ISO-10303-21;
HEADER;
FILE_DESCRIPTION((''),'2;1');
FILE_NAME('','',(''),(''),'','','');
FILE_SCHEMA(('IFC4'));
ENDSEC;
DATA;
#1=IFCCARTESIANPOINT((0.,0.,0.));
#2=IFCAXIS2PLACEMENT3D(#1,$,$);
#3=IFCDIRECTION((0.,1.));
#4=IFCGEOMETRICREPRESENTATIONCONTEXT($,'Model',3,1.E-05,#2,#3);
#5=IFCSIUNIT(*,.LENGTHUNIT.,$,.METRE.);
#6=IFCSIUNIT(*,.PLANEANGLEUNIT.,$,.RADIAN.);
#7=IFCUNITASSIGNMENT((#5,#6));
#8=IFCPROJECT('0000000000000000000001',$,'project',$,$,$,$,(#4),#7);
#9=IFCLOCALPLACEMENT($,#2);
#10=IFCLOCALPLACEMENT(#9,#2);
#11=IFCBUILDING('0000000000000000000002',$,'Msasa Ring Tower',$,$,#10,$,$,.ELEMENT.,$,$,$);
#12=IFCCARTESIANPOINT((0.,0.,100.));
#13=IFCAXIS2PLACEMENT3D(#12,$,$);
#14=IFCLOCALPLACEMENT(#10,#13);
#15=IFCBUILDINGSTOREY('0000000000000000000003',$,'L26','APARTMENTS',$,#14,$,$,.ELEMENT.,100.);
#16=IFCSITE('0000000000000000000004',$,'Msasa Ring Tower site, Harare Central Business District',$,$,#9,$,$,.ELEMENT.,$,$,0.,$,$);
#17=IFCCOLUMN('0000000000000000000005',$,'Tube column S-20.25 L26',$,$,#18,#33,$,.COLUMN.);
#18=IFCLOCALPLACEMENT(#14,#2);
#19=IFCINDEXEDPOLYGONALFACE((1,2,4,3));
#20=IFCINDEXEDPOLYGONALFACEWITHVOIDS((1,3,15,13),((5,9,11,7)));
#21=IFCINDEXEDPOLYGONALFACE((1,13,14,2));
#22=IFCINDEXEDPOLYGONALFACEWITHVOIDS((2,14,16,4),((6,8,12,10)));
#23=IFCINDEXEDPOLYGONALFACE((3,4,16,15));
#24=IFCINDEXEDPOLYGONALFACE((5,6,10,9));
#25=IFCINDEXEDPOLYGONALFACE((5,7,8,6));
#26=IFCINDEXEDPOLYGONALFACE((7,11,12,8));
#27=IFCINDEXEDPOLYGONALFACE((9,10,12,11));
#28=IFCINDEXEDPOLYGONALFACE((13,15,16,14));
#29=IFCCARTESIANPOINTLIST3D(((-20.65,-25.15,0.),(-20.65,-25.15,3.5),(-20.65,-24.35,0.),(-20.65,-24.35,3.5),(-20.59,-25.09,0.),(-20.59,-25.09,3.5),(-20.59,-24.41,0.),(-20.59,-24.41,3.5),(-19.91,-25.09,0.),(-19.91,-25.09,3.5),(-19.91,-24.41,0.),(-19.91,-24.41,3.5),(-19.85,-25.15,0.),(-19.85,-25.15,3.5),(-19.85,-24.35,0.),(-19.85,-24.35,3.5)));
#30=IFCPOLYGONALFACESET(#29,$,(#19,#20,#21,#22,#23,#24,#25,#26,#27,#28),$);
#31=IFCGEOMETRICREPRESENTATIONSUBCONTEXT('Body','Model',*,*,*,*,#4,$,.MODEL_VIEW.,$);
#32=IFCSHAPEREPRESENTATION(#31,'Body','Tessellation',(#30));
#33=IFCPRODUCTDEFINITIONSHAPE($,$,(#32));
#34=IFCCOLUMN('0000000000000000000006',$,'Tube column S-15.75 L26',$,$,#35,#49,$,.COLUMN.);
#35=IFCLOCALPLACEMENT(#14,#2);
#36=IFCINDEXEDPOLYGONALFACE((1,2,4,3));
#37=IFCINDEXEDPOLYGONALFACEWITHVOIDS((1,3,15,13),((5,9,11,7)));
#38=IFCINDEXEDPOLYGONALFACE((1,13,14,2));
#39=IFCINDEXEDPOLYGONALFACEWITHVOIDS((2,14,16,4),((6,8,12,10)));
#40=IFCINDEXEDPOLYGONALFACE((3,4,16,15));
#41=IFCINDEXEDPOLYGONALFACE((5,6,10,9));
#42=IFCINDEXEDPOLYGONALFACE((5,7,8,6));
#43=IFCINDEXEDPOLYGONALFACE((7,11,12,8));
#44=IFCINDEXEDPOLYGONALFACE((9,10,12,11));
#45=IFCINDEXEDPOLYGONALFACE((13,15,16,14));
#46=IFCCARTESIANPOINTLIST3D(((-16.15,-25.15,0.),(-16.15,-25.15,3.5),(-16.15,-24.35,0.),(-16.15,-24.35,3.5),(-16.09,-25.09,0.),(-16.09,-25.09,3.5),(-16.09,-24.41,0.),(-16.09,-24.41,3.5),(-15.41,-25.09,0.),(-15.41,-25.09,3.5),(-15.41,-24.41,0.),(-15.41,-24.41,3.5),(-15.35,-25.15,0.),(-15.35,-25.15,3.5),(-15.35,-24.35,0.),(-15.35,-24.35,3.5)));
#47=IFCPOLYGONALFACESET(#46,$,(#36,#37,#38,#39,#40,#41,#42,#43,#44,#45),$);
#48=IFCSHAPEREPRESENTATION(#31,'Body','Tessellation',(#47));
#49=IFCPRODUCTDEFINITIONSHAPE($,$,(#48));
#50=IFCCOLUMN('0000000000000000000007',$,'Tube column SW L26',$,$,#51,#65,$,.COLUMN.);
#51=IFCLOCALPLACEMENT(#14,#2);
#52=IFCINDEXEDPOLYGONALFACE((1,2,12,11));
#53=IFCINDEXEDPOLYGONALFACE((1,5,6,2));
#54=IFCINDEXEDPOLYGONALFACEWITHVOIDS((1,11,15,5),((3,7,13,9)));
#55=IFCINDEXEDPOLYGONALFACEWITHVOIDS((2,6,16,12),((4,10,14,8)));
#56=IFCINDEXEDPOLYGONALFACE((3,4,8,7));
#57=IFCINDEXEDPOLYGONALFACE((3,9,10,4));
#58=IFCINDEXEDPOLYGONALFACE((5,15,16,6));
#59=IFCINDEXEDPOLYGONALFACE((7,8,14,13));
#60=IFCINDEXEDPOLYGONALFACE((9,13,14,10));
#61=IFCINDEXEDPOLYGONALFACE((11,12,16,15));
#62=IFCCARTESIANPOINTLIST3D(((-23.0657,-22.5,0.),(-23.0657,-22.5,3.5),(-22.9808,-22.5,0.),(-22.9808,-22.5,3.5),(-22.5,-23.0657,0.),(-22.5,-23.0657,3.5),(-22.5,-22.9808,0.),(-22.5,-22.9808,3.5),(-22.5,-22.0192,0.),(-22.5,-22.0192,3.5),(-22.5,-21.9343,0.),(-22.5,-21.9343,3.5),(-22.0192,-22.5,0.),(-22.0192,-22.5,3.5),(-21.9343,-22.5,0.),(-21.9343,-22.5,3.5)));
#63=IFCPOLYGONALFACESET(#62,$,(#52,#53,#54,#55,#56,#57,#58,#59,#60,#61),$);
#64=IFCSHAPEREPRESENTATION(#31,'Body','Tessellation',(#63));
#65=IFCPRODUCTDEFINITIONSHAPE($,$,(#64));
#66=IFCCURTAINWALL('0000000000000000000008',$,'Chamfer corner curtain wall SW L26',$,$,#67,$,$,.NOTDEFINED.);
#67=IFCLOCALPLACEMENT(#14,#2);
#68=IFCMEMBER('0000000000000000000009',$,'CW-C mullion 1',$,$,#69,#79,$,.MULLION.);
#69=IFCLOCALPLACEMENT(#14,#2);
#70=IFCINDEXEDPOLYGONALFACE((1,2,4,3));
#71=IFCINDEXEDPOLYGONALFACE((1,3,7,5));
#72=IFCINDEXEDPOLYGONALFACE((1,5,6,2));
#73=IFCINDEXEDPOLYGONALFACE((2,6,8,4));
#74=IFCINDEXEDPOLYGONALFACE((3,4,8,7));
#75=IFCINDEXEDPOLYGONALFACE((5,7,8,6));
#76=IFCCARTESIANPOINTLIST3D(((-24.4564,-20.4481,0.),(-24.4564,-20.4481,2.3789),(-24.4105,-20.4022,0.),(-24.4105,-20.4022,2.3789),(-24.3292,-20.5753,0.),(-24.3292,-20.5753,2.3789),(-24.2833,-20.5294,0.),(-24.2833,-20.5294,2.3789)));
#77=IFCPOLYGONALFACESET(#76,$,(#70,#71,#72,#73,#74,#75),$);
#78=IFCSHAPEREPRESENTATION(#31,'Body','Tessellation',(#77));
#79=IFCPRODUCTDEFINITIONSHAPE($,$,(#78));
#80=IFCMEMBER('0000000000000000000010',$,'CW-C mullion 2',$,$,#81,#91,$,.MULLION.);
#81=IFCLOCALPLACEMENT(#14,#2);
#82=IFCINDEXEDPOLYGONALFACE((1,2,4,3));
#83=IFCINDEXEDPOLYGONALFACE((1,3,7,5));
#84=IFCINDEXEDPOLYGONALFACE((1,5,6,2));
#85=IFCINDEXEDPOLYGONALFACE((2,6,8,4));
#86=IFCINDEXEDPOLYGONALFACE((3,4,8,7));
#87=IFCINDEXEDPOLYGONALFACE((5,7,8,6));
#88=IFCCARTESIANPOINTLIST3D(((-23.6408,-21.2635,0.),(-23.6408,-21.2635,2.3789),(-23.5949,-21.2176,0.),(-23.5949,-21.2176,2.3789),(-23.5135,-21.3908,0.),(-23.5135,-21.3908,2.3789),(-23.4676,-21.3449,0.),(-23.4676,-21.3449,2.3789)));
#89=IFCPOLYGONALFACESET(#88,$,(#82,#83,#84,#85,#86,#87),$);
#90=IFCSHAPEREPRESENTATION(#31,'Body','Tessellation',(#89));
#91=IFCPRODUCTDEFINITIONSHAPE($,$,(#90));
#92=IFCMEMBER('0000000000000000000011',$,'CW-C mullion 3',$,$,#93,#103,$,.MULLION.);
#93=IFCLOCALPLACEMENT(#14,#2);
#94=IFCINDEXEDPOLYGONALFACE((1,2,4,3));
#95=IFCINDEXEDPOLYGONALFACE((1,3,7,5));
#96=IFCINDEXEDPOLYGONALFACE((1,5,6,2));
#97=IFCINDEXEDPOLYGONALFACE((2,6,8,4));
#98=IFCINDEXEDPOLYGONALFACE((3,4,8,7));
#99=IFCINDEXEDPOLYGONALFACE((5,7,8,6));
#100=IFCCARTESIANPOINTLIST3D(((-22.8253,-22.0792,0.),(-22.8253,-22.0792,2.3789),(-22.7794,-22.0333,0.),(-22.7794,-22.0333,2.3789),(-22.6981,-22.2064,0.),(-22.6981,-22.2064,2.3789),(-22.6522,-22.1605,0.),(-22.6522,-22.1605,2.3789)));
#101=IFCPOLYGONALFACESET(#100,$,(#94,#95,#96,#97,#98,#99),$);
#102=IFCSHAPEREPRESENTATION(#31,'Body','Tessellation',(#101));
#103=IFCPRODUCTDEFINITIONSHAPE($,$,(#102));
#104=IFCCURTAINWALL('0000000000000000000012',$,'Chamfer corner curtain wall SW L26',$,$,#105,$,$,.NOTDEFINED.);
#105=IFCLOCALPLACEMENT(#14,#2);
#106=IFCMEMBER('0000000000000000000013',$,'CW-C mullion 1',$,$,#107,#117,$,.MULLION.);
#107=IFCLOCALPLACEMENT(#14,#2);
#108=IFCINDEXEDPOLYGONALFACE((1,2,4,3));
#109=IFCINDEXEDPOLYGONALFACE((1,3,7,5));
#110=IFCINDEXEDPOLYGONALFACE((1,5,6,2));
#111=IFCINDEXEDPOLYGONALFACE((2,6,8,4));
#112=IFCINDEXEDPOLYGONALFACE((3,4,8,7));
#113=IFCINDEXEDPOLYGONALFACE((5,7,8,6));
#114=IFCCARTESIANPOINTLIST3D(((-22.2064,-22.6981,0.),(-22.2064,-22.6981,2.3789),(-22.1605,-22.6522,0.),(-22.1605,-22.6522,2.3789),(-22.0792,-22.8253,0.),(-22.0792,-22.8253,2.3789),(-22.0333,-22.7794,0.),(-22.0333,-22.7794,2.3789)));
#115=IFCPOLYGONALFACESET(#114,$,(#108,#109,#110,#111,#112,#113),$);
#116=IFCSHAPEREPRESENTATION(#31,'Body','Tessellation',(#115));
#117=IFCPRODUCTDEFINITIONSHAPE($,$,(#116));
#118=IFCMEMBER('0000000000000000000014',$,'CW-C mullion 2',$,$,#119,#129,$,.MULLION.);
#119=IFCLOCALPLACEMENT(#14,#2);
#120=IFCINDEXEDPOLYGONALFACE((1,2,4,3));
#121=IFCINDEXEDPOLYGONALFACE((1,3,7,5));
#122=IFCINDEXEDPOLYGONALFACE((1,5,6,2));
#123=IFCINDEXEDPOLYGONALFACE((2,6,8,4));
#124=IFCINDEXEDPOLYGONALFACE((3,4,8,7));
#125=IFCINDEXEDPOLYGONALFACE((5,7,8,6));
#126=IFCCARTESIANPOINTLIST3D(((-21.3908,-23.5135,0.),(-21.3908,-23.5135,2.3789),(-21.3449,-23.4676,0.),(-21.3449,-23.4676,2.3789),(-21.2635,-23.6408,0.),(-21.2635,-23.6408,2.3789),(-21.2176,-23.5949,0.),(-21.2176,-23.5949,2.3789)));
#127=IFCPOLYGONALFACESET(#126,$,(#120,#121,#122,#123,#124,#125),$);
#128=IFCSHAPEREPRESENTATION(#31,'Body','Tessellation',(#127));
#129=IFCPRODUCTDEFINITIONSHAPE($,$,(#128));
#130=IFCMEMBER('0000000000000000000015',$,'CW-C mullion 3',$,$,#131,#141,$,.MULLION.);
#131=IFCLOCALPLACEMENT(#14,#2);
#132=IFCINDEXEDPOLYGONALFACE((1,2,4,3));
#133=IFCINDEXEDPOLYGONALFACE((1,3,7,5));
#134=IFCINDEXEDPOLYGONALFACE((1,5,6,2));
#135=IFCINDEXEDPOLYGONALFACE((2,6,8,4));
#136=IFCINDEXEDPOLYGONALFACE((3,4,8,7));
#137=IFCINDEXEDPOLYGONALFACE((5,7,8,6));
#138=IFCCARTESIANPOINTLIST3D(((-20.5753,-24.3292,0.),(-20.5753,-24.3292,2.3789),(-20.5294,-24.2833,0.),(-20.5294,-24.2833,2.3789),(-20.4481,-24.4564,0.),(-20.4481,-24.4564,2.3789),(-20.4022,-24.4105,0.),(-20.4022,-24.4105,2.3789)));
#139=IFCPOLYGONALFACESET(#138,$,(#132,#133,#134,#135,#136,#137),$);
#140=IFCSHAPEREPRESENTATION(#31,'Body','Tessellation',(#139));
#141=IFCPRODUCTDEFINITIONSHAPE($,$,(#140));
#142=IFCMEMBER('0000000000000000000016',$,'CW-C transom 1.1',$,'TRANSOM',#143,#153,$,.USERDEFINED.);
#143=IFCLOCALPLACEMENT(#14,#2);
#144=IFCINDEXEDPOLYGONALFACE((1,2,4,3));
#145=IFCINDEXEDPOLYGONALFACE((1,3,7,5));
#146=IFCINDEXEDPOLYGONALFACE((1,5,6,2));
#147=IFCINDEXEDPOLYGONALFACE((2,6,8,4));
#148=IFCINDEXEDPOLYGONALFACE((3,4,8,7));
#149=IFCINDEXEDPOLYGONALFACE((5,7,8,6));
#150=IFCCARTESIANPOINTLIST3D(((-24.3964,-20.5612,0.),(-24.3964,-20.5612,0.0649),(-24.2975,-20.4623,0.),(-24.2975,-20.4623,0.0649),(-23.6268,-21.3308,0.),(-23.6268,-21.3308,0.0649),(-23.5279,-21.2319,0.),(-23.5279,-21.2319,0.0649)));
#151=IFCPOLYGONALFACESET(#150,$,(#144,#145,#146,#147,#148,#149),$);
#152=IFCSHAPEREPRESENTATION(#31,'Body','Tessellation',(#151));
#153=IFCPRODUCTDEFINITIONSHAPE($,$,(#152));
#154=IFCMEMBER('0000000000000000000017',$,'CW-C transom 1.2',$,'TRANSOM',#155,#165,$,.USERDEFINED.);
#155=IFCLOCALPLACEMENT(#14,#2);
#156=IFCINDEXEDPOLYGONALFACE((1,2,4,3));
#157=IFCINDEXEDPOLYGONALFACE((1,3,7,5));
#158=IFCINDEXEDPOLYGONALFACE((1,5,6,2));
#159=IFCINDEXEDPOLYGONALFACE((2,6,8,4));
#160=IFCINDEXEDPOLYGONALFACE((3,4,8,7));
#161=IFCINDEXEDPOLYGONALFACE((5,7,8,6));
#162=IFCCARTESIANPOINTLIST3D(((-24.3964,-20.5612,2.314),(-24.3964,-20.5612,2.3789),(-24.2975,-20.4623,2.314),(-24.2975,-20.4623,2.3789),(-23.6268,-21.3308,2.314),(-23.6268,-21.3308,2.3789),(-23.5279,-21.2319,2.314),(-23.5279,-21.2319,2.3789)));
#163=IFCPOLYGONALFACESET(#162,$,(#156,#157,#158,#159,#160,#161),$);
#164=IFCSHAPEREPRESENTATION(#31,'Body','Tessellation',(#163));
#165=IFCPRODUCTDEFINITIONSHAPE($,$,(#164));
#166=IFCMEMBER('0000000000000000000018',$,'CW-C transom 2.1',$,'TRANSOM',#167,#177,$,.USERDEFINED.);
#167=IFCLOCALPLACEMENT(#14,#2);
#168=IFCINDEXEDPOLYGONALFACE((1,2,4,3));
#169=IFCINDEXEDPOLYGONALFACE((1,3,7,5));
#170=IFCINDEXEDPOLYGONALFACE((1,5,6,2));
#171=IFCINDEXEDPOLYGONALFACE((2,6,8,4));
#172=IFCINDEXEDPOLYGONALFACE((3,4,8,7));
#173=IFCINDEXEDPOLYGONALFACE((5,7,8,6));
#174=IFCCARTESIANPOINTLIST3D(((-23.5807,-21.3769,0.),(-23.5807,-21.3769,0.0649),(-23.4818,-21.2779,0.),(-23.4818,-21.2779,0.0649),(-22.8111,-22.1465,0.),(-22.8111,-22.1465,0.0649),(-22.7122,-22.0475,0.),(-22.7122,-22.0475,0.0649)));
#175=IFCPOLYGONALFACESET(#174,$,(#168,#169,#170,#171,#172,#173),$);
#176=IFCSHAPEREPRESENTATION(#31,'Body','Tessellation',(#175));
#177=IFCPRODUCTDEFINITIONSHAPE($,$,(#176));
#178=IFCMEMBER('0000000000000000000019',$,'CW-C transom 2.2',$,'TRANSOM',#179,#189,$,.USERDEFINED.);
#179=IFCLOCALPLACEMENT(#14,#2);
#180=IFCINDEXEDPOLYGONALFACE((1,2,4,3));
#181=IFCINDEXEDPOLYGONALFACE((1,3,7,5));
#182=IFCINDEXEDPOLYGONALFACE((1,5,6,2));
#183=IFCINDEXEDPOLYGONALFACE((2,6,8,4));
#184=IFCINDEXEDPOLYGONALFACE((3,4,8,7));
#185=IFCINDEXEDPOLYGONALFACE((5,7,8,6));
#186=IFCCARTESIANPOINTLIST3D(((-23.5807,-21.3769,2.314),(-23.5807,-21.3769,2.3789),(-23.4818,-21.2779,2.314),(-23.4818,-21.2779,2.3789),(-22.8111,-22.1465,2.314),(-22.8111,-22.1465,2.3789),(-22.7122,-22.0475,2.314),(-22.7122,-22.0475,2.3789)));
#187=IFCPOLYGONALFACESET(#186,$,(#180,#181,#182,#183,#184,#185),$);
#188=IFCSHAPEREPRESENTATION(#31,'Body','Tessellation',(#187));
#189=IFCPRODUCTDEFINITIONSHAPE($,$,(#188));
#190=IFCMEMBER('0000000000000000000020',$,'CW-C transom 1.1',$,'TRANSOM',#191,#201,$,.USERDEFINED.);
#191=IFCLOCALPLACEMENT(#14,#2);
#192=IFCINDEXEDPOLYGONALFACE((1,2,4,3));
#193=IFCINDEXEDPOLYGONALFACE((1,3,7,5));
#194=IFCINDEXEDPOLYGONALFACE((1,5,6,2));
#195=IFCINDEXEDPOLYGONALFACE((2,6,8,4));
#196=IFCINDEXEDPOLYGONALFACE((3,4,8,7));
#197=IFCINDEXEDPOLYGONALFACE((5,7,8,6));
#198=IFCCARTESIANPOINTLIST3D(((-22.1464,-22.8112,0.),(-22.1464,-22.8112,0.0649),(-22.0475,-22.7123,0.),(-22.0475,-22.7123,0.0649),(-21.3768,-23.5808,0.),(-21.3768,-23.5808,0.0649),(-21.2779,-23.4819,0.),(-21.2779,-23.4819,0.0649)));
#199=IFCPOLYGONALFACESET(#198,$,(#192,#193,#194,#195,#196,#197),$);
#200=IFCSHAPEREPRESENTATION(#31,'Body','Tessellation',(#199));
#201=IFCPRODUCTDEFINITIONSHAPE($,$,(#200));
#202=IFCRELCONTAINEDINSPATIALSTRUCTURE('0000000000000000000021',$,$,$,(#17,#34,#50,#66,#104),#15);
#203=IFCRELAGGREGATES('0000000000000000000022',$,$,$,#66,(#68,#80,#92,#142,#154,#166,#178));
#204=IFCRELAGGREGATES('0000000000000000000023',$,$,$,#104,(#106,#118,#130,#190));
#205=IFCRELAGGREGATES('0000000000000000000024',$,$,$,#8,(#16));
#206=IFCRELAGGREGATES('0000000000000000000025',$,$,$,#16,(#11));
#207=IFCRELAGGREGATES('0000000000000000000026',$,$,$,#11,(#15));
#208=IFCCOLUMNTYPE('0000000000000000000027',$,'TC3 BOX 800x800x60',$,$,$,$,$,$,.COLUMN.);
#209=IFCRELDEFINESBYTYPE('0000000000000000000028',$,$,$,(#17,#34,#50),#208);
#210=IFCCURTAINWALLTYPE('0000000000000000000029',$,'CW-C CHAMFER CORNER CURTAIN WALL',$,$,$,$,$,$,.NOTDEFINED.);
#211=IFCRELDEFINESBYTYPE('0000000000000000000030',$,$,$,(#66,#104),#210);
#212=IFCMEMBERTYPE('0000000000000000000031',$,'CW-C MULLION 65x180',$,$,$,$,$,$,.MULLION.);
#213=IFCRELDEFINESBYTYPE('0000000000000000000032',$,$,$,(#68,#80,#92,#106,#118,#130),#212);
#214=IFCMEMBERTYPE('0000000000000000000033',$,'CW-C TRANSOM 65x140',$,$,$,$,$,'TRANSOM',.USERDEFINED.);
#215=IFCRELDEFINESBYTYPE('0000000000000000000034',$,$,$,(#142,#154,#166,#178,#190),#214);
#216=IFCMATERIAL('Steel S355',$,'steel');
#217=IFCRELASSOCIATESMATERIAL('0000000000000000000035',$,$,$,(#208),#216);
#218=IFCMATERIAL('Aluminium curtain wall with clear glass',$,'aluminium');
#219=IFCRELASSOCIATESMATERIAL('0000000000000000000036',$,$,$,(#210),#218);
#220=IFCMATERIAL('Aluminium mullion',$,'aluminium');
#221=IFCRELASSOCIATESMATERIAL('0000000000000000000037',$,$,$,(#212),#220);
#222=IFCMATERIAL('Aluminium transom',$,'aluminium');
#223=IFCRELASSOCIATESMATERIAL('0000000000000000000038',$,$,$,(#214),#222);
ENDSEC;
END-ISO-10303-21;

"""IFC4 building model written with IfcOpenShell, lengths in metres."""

from ifc_helpers import new_model, si_unit, direction, frame, origin, origin_2d, place, context, subcontext, project, spatial, rectangle, hollow_rectangle, extrude, material, material_profile, profile_set, type_object, element, aggregate, save


model = new_model("IFC4")

# Units and contexts
model_context = context("Model", 3, precision=1e-05, world=origin(), true_north=direction((0.0, 1.0)))
body_context = subcontext(model_context, "Body", "Model", "MODEL_VIEW")
ifc_project = project(units=[si_unit("LENGTHUNIT", "METRE"), si_unit("PLANEANGLEUNIT", "RADIAN")], contexts=[model_context])

# Site, building, storey
site_placement = place(None, origin())
site = spatial("IfcSite", under=ifc_project, at=site_placement, Name="Msasa Ring Tower site, Harare Central Business District", CompositionType="ELEMENT", RefElevation=0.0)
building_placement = place(site_placement, origin())
building = spatial("IfcBuilding", under=site, at=building_placement, Name="Msasa Ring Tower", CompositionType="ELEMENT")
storey_placement = place(building_placement, frame((0.0, 0.0, 100.0)))
storey = spatial("IfcBuildingStorey", under=building, at=storey_placement, Name="L26", Description="APARTMENTS", CompositionType="ELEMENT", Elevation=100.0)

# Columns
ifc_material_1 = material(Name="Steel S355", Category="steel")
ifc_material_profile_1 = material_profile(ifc_material_1, hollow_rectangle(XDim=0.8, YDim=0.8, WallThickness=0.0601, at=origin_2d()), Name="BOX 800x800x60")
ifc_profile_set_1 = profile_set([ifc_material_profile_1], Name="Steel S355")
column_type = type_object("IfcColumnType", Name="TC3 BOX 800x800x60", PredefinedType="COLUMN", material=ifc_profile_set_1)
for number, where, z_axis, x_axis, name in (
    (1, (-20.25, -24.75, 0.0), (0.0, 0.0, 1.0), (0.0, 1.0, 0.0), "Tube column S-20.25 L26"),
    (2, (-15.75, -24.75, 0.0), (0.0, 0.0, 1.0), (0.0, 1.0, 0.0), "Tube column S-15.75 L26"),
    (3, (-22.5, -22.5, 0.0), (0.0, 0.0, 1.0), (0.707107, 0.707107, 0.0), "Tube column SW L26"),
):
    element("IfcColumn", number, at=place(storey_placement, frame(where, z_axis=z_axis, x_axis=x_axis)), inside=storey, type_object=column_type, Name=name, PredefinedType="COLUMN", context=body_context, shape_type="SweptSolid", body=[
        extrude(hollow_rectangle(XDim=0.8, YDim=0.8, WallThickness=0.0601, at=origin_2d()), origin(), (0.0, 0.0, 1.0), 3.5),
    ])

# Curtain walls, members
ifc_material_2 = material(Name="Aluminium curtain wall with clear glass", Category="aluminium")
curtain_wall_type = type_object("IfcCurtainWallType", Name="CW-C CHAMFER CORNER CURTAIN WALL", PredefinedType="NOTDEFINED", material=ifc_material_2)
curtain_wall_1_placement = place(storey_placement, origin())
curtain_wall_1 = element("IfcCurtainWall", 4, at=curtain_wall_1_placement, inside=storey, type_object=curtain_wall_type, Name="Chamfer corner curtain wall SW L26", PredefinedType="NOTDEFINED")
ifc_material_3 = material(Name="Aluminium mullion", Category="aluminium")
ifc_material_profile_2 = material_profile(ifc_material_3, rectangle(XDim=0.0649, YDim=0.1799, at=origin_2d()), Name="AL 65x180")
ifc_profile_set_2 = profile_set([ifc_material_profile_2], Name="Aluminium mullion")
member_type_1 = type_object("IfcMemberType", Name="CW-C MULLION 65x180", PredefinedType="MULLION", material=ifc_profile_set_2)
member_1_placement = place(storey_placement, frame((-24.3699, -20.4888, 0.0), z_axis=(0.0, 0.0, 1.0), x_axis=(0.707107, 0.707107, 0.0)))
member_1 = element("IfcMember", 5, at=member_1_placement, type_object=member_type_1, Name="CW-C mullion 1", PredefinedType="MULLION", context=body_context, shape_type="SweptSolid", body=[
    extrude(rectangle(XDim=0.0649, YDim=0.1799, at=origin_2d()), origin(), (0.0, 0.0, 1.0), 2.3789),
])
member_2_placement = place(storey_placement, frame((-23.5542, -21.3042, 0.0), z_axis=(0.0, 0.0, 1.0), x_axis=(0.707107, 0.707107, 0.0)))
member_2 = element("IfcMember", 6, at=member_2_placement, type_object=member_type_1, Name="CW-C mullion 2", PredefinedType="MULLION", context=body_context, shape_type="SweptSolid", body=[
    extrude(rectangle(XDim=0.0649, YDim=0.1799, at=origin_2d()), origin(), (0.0, 0.0, 1.0), 2.3789),
])
member_3_placement = place(storey_placement, frame((-22.7388, -22.1199, 0.0), z_axis=(0.0, 0.0, 1.0), x_axis=(0.707107, 0.707107, 0.0)))
member_3 = element("IfcMember", 7, at=member_3_placement, type_object=member_type_1, Name="CW-C mullion 3", PredefinedType="MULLION", context=body_context, shape_type="SweptSolid", body=[
    extrude(rectangle(XDim=0.0649, YDim=0.1799, at=origin_2d()), origin(), (0.0, 0.0, 1.0), 2.3789),
])
curtain_wall_2_placement = place(storey_placement, origin())
curtain_wall_2 = element("IfcCurtainWall", 8, at=curtain_wall_2_placement, inside=storey, type_object=curtain_wall_type, Name="Chamfer corner curtain wall SW L26", PredefinedType="NOTDEFINED")
member_4_placement = place(storey_placement, frame((-22.1199, -22.7388, 0.0), z_axis=(0.0, 0.0, 1.0), x_axis=(0.707107, 0.707107, 0.0)))
member_4 = element("IfcMember", 9, at=member_4_placement, type_object=member_type_1, Name="CW-C mullion 1", PredefinedType="MULLION", context=body_context, shape_type="SweptSolid", body=[
    extrude(rectangle(XDim=0.0649, YDim=0.1799, at=origin_2d()), origin(), (0.0, 0.0, 1.0), 2.3789),
])
member_5_placement = place(storey_placement, frame((-21.3042, -23.5542, 0.0), z_axis=(0.0, 0.0, 1.0), x_axis=(0.707107, 0.707107, 0.0)))
member_5 = element("IfcMember", 10, at=member_5_placement, type_object=member_type_1, Name="CW-C mullion 2", PredefinedType="MULLION", context=body_context, shape_type="SweptSolid", body=[
    extrude(rectangle(XDim=0.0649, YDim=0.1799, at=origin_2d()), origin(), (0.0, 0.0, 1.0), 2.3789),
])
member_6_placement = place(storey_placement, frame((-20.4888, -24.3699, 0.0), z_axis=(0.0, 0.0, 1.0), x_axis=(0.707107, 0.707107, 0.0)))
member_6 = element("IfcMember", 11, at=member_6_placement, type_object=member_type_1, Name="CW-C mullion 3", PredefinedType="MULLION", context=body_context, shape_type="SweptSolid", body=[
    extrude(rectangle(XDim=0.0649, YDim=0.1799, at=origin_2d()), origin(), (0.0, 0.0, 1.0), 2.3789),
])

# Members
ifc_material_4 = material(Name="Aluminium transom", Category="aluminium")
ifc_material_profile_3 = material_profile(ifc_material_4, rectangle(XDim=0.1399, YDim=0.0649, at=origin_2d()), Name="AL 65x140")
ifc_profile_set_3 = profile_set([ifc_material_profile_3], Name="Aluminium transom")
member_type_2 = type_object("IfcMemberType", Name="CW-C TRANSOM 65x140", ElementType="TRANSOM", PredefinedType="USERDEFINED", material=ifc_profile_set_3)
member_7_placement = place(storey_placement, frame((-24.3469, -20.5117, 0.0325), z_axis=(0.707107, -0.707107, 0.0), x_axis=(0.707107, 0.707107, 0.0)))
member_7 = element("IfcMember", 12, at=member_7_placement, type_object=member_type_2, Name="CW-C transom 1.1", ObjectType="TRANSOM", PredefinedType="USERDEFINED", context=body_context, shape_type="SweptSolid", body=[
    extrude(rectangle(XDim=0.1399, YDim=0.0649, at=origin_2d()), origin(), (0.0, 0.0, 1.0), 1.0884),
])
member_8_placement = place(storey_placement, frame((-24.3469, -20.5117, 2.3464), z_axis=(0.707107, -0.707107, 0.0), x_axis=(0.707107, 0.707107, 0.0)))
member_8 = element("IfcMember", 13, at=member_8_placement, type_object=member_type_2, Name="CW-C transom 1.2", ObjectType="TRANSOM", PredefinedType="USERDEFINED", context=body_context, shape_type="SweptSolid", body=[
    extrude(rectangle(XDim=0.1399, YDim=0.0649, at=origin_2d()), origin(), (0.0, 0.0, 1.0), 1.0884),
])
member_9_placement = place(storey_placement, frame((-23.5312, -21.3274, 0.0325), z_axis=(0.707107, -0.707107, 0.0), x_axis=(0.707107, 0.707107, 0.0)))
member_9 = element("IfcMember", 14, at=member_9_placement, type_object=member_type_2, Name="CW-C transom 2.1", ObjectType="TRANSOM", PredefinedType="USERDEFINED", context=body_context, shape_type="SweptSolid", body=[
    extrude(rectangle(XDim=0.1399, YDim=0.0649, at=origin_2d()), origin(), (0.0, 0.0, 1.0), 1.0884),
])
member_10_placement = place(storey_placement, frame((-23.5312, -21.3274, 2.3464), z_axis=(0.707107, -0.707107, 0.0), x_axis=(0.707107, 0.707107, 0.0)))
member_10 = element("IfcMember", 15, at=member_10_placement, type_object=member_type_2, Name="CW-C transom 2.2", ObjectType="TRANSOM", PredefinedType="USERDEFINED", context=body_context, shape_type="SweptSolid", body=[
    extrude(rectangle(XDim=0.1399, YDim=0.0649, at=origin_2d()), origin(), (0.0, 0.0, 1.0), 1.0884),
])
member_11_placement = place(storey_placement, frame((-22.0969, -22.7617, 0.0325), z_axis=(0.707107, -0.707107, 0.0), x_axis=(0.707107, 0.707107, 0.0)))
member_11 = element("IfcMember", 16, at=member_11_placement, type_object=member_type_2, Name="CW-C transom 1.1", ObjectType="TRANSOM", PredefinedType="USERDEFINED", context=body_context, shape_type="SweptSolid", body=[
    extrude(rectangle(XDim=0.1399, YDim=0.0649, at=origin_2d()), origin(), (0.0, 0.0, 1.0), 1.0884),
])

aggregate(curtain_wall_1, [member_1, member_2, member_3, member_7, member_8, member_9, member_10])
aggregate(curtain_wall_2, [member_4, member_5, member_6, member_11])

save(model, "model.ifc")
